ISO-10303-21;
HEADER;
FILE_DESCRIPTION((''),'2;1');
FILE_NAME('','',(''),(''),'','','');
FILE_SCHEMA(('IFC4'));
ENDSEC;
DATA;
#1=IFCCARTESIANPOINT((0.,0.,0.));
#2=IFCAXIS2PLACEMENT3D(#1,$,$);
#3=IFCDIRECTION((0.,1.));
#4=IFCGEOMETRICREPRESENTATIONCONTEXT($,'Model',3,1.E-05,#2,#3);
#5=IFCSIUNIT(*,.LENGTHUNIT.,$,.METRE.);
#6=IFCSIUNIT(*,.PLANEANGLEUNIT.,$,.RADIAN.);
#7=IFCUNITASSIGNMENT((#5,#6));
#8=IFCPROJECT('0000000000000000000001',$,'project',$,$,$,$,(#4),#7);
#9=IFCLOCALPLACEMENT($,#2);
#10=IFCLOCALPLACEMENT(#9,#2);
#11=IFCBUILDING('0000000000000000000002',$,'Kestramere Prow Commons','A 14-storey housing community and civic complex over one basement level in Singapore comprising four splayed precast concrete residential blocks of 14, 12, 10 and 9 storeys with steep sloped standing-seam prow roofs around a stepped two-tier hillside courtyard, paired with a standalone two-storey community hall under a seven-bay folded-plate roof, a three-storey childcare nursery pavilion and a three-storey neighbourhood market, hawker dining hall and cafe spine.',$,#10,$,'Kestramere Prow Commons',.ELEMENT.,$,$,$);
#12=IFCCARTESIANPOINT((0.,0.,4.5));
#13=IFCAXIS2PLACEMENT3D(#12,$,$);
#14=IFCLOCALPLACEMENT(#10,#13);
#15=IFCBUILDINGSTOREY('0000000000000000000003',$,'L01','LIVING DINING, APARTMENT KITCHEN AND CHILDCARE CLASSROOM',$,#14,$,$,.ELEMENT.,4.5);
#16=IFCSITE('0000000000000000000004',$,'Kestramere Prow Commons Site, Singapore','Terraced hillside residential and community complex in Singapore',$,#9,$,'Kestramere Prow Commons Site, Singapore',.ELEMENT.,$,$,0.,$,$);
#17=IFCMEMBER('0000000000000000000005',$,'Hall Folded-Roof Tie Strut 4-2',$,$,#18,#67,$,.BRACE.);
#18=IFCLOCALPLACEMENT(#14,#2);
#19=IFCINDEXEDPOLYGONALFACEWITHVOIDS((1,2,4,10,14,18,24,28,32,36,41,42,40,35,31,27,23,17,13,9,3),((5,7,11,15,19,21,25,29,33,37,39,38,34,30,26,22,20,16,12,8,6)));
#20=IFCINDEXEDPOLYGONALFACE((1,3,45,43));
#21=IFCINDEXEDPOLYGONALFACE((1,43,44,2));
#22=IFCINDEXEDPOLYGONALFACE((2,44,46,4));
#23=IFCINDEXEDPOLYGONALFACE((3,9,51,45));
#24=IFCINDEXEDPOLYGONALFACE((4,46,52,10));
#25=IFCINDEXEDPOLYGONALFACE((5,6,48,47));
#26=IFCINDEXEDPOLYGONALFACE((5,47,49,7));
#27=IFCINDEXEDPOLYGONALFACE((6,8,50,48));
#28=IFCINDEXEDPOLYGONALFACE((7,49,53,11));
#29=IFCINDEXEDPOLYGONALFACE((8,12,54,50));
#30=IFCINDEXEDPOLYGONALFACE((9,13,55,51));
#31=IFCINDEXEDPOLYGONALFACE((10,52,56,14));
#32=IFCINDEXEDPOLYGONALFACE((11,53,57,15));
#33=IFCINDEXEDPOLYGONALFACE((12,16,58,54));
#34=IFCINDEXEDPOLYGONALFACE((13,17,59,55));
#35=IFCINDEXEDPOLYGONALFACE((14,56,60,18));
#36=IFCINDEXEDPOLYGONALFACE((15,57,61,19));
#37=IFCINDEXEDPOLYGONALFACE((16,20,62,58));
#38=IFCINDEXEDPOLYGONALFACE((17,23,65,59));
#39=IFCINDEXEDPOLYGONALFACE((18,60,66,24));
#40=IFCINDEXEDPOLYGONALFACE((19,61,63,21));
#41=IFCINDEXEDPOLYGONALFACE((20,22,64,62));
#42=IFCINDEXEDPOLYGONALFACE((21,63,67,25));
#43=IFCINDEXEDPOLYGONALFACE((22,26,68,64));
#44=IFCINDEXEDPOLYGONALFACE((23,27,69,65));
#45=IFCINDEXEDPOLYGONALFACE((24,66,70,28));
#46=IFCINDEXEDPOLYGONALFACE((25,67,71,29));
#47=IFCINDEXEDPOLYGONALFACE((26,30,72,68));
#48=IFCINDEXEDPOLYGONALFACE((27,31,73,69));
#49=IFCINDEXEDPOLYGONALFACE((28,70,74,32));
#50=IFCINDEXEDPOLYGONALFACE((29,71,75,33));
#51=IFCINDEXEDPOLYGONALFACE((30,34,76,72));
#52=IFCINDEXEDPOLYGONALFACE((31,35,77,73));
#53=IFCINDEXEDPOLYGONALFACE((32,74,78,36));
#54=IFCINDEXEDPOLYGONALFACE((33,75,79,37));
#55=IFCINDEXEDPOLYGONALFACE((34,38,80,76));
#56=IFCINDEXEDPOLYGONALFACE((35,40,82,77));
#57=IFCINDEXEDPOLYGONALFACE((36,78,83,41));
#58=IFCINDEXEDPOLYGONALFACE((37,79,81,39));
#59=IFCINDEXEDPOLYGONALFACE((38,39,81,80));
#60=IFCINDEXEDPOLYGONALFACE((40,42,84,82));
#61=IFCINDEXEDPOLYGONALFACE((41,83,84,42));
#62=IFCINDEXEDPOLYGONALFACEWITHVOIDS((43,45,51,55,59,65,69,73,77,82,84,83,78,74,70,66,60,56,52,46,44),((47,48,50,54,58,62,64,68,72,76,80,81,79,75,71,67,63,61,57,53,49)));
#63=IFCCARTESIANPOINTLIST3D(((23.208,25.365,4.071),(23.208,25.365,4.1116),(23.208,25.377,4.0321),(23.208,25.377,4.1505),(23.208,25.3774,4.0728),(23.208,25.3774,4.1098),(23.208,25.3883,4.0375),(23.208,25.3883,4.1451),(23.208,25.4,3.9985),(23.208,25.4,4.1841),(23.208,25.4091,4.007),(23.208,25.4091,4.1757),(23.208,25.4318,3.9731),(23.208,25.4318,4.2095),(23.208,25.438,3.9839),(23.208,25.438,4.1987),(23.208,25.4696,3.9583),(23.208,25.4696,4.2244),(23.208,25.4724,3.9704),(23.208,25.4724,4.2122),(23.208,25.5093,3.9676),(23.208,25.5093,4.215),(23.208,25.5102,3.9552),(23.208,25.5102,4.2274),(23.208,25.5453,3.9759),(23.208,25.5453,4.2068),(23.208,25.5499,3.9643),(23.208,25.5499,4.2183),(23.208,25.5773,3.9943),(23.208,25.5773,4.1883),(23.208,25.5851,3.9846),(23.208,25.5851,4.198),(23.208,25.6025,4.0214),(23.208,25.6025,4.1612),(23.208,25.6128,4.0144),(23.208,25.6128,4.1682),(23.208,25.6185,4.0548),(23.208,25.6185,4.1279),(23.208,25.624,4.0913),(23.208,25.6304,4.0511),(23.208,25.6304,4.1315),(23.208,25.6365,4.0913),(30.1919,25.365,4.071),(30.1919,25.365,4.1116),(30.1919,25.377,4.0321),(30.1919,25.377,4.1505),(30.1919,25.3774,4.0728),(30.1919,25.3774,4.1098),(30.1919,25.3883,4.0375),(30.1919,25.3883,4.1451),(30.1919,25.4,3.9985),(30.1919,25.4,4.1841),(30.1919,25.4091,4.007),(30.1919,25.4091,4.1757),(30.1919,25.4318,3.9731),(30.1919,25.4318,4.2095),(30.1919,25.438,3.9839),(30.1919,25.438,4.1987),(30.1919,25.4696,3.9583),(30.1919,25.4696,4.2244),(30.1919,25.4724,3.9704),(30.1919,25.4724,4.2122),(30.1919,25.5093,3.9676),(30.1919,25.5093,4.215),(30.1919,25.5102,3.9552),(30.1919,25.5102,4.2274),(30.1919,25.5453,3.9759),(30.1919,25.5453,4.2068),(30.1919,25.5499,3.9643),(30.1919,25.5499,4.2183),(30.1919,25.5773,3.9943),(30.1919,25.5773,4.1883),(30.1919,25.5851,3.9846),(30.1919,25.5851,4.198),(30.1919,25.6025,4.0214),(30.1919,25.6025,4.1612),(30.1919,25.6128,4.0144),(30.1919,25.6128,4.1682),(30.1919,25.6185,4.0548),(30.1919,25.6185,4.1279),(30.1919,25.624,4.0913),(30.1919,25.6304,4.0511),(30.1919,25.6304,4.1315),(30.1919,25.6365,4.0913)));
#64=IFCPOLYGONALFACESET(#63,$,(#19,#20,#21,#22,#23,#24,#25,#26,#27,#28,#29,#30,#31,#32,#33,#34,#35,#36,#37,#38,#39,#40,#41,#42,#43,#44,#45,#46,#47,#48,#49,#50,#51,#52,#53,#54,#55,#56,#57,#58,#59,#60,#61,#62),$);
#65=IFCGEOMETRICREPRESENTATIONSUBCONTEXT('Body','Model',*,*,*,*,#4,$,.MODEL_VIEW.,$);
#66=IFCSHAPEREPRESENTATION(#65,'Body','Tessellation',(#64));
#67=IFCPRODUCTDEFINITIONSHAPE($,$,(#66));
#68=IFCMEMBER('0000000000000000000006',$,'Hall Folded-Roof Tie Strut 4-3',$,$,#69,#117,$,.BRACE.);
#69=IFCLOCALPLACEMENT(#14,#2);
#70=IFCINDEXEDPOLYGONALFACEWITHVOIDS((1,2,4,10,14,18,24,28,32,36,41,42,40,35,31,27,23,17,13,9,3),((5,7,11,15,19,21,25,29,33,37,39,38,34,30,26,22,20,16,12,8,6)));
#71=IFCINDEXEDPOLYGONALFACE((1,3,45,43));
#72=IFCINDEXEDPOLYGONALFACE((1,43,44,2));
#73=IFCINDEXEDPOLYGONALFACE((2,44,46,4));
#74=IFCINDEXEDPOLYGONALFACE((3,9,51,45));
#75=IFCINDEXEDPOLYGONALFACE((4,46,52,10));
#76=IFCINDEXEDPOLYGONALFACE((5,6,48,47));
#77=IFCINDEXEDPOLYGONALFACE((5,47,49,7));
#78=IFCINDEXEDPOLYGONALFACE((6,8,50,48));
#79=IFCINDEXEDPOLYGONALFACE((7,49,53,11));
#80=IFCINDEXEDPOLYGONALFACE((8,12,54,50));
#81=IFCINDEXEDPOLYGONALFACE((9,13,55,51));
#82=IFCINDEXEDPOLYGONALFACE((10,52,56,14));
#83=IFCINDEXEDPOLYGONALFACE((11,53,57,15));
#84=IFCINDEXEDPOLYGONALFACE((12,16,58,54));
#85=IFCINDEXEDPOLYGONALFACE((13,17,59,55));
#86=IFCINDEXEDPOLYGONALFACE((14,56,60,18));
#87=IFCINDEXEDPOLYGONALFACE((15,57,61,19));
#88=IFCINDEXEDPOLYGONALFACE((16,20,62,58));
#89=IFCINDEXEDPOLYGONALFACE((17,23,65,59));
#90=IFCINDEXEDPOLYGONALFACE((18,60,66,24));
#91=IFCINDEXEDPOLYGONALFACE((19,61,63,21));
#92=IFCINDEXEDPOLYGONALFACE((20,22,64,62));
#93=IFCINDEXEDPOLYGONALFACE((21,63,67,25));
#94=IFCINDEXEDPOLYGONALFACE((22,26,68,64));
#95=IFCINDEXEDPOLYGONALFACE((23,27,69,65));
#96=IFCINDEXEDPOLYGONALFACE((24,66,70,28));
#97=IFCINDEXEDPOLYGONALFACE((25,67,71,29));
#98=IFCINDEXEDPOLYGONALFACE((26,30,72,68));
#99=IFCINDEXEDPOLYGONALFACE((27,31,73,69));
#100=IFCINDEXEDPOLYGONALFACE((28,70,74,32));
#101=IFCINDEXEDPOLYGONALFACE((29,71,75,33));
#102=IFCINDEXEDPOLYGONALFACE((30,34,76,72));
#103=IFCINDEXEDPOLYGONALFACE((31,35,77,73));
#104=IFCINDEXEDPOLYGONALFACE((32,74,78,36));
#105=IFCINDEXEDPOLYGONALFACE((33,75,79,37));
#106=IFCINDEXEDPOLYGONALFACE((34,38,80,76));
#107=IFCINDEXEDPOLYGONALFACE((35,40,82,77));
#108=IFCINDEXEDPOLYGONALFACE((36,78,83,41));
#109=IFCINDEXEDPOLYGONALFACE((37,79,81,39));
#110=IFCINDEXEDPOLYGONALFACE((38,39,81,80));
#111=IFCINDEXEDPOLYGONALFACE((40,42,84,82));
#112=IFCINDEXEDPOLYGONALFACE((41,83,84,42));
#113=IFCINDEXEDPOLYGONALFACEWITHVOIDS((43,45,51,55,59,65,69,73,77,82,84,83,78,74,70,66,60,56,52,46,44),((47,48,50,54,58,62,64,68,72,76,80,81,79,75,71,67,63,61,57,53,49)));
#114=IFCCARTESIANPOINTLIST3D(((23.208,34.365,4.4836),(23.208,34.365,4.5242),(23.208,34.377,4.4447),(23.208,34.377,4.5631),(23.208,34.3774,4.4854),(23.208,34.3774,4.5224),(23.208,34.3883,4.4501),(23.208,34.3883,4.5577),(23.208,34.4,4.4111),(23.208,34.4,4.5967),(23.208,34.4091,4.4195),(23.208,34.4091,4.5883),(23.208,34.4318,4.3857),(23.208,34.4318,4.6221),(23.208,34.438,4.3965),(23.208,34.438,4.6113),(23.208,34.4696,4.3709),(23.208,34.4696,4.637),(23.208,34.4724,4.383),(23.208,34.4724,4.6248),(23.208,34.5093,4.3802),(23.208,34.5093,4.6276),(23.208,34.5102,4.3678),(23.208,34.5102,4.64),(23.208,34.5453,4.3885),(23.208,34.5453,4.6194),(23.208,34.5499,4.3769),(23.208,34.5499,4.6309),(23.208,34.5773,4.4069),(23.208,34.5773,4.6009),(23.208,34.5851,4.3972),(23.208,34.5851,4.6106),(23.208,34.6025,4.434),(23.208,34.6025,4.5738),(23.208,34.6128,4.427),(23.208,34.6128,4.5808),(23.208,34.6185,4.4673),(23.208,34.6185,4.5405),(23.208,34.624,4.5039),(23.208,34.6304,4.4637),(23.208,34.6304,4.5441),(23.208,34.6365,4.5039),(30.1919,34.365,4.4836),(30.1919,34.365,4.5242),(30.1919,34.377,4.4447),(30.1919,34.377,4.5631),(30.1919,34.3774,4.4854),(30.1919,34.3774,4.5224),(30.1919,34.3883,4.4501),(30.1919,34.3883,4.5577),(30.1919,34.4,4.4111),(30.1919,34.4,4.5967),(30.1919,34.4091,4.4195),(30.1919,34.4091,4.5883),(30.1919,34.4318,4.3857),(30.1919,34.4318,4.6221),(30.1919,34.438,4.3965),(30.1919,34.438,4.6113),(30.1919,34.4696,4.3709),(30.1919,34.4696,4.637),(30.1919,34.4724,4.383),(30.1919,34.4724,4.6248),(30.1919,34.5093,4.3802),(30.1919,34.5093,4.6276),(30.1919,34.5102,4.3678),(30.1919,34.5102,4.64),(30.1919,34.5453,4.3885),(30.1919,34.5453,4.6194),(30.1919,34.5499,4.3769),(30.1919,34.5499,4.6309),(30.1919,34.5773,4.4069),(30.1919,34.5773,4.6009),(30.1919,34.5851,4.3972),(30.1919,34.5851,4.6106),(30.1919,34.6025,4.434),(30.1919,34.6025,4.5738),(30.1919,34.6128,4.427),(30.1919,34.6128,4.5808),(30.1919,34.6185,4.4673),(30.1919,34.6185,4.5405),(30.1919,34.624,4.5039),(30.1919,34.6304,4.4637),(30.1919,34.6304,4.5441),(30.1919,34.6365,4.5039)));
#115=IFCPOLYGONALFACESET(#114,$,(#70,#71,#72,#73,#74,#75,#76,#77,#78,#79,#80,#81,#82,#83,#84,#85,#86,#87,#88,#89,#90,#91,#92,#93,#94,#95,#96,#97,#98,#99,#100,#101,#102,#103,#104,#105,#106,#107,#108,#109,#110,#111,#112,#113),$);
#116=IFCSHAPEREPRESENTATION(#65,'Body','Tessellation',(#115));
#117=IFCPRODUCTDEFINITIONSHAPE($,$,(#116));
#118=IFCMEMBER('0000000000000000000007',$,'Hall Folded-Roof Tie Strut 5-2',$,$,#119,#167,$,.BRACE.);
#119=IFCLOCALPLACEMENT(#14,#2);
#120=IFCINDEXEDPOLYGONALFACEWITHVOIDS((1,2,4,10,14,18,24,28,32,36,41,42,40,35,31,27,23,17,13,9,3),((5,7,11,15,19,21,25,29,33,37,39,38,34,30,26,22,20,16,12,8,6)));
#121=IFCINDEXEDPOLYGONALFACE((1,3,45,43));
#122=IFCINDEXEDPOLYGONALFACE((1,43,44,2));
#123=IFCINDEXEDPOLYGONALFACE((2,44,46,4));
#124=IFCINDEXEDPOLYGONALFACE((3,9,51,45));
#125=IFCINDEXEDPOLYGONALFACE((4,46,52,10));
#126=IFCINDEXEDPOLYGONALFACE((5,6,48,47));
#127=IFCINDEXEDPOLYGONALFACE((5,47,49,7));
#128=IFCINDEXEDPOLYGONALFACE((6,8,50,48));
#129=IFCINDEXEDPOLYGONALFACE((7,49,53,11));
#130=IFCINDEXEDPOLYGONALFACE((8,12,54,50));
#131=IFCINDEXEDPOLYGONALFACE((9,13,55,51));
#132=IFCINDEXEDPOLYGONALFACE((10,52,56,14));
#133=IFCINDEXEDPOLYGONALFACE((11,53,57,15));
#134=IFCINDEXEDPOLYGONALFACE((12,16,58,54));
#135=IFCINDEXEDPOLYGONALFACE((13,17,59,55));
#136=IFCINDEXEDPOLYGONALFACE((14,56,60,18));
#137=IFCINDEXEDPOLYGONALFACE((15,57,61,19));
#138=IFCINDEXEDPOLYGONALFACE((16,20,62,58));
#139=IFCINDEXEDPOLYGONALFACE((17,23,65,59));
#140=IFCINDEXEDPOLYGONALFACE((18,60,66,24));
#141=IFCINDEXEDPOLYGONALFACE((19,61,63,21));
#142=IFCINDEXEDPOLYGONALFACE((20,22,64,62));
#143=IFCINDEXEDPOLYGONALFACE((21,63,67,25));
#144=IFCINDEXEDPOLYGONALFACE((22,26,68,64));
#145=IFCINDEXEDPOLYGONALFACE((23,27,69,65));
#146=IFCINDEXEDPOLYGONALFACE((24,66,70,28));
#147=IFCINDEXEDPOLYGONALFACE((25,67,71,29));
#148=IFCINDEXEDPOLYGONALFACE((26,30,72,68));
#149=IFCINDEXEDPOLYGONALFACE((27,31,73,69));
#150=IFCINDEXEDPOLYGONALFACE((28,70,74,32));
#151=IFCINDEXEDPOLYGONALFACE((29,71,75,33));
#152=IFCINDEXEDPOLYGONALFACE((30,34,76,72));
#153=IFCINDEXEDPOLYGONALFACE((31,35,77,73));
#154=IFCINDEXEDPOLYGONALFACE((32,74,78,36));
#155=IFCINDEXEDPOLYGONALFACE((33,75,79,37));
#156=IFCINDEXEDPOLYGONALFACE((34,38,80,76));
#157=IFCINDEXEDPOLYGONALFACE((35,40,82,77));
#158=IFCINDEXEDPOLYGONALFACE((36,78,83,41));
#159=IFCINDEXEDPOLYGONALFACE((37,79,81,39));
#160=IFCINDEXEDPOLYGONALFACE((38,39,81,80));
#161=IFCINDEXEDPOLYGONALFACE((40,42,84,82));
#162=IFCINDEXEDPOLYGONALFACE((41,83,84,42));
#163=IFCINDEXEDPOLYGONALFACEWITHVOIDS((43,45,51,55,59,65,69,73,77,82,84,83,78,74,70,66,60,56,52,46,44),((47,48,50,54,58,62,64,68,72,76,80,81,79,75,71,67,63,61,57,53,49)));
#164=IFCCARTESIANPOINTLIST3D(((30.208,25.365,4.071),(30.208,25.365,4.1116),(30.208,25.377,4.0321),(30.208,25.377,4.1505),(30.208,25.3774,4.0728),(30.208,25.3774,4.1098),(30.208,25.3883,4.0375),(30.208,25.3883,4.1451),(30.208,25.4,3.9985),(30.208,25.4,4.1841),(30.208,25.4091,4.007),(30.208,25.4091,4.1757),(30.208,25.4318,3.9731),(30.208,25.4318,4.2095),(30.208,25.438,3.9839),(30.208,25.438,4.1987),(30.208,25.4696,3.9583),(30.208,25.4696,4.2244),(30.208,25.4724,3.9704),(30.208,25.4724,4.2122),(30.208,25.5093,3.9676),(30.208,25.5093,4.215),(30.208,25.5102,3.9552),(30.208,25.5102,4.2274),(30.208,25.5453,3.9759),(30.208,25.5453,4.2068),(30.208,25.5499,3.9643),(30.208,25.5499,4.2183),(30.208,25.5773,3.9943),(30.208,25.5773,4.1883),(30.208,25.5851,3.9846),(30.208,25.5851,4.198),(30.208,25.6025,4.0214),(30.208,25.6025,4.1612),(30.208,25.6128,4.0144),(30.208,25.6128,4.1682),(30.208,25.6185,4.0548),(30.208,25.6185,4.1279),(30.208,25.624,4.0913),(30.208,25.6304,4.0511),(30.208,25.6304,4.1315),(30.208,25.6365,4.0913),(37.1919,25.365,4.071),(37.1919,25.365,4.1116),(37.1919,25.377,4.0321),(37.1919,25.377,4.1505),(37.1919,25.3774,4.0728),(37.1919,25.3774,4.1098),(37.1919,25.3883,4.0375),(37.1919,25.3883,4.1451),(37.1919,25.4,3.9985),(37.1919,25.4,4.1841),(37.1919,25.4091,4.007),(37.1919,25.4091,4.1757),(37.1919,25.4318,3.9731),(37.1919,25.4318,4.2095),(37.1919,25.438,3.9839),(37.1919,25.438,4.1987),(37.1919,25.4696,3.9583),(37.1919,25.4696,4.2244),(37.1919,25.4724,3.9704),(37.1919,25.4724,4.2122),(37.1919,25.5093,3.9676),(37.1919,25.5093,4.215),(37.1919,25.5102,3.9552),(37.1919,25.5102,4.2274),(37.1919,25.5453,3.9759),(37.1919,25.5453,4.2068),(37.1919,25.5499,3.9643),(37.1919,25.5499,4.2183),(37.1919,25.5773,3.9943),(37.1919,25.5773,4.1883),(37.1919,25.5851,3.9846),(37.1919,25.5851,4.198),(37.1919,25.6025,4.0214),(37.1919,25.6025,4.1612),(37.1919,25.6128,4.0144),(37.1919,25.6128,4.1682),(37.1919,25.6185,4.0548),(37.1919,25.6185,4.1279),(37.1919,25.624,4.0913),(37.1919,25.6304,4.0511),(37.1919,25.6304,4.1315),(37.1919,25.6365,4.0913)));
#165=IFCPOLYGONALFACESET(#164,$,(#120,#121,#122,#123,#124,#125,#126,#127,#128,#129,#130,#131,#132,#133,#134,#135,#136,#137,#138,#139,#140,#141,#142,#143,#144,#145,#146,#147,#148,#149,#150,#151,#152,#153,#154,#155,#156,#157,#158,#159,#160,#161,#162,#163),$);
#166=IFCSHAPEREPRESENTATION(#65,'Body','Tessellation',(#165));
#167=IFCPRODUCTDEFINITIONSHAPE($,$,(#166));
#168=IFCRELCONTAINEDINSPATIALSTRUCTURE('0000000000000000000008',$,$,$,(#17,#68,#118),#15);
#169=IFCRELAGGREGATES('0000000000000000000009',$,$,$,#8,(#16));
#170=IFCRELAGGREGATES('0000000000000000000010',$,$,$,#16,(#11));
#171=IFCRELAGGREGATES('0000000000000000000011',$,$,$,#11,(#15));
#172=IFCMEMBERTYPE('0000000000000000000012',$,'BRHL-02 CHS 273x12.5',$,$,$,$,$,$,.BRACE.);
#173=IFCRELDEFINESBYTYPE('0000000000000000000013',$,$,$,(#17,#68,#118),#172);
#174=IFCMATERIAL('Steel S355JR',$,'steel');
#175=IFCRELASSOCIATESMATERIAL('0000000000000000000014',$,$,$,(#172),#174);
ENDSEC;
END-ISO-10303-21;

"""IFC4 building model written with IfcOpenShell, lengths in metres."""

from ifc_helpers import new_model, si_unit, direction, frame, origin, origin_2d, place, context, subcontext, project, spatial, hollow_circle, extrude, material, material_profile, profile_set, type_object, element, save


model = new_model("IFC4")

# Units and contexts
model_context = context("Model", 3, precision=1e-05, world=origin(), true_north=direction((0.0, 1.0)))
body_context = subcontext(model_context, "Body", "Model", "MODEL_VIEW")
ifc_project = project(units=[si_unit("LENGTHUNIT", "METRE"), si_unit("PLANEANGLEUNIT", "RADIAN")], contexts=[model_context])

# Site, building, storey
site_placement = place(None, origin())
site = spatial("IfcSite", under=ifc_project, at=site_placement, Name="Kestramere Prow Commons Site, Singapore", Description="Terraced hillside residential and community complex in Singapore", LongName="Kestramere Prow Commons Site, Singapore", CompositionType="ELEMENT", RefElevation=0.0)
building_placement = place(site_placement, origin())
building = spatial("IfcBuilding", under=site, at=building_placement, Name="Kestramere Prow Commons", Description="A 14-storey housing community and civic complex over one basement level in Singapore comprising four splayed precast concrete residential blocks of 14, 12, 10 and 9 storeys with steep sloped standing-seam prow roofs around a stepped two-tier hillside courtyard, paired with a standalone two-storey community hall under a seven-bay folded-plate roof, a three-storey childcare nursery pavilion and a three-storey neighbourhood market, hawker dining hall and cafe spine.", LongName="Kestramere Prow Commons", CompositionType="ELEMENT")
storey_placement = place(building_placement, frame((0.0, 0.0, 4.5)))
storey = spatial("IfcBuildingStorey", under=building, at=storey_placement, Name="L01", Description="LIVING DINING, APARTMENT KITCHEN AND CHILDCARE CLASSROOM", CompositionType="ELEMENT", Elevation=4.5)

# Members
ifc_material_1 = material(Name="Steel S355JR", Category="steel")
ifc_material_profile_1 = material_profile(ifc_material_1, hollow_circle(Radius=0.1365, WallThickness=0.0125, at=origin_2d()), Name="CHS 273x12.5")
ifc_profile_set_1 = profile_set([ifc_material_profile_1], Name="Steel S355JR")
member_type_1 = type_object("IfcMemberType", Name="BRHL-02 CHS 273x12.5", PredefinedType="BRACE", material=ifc_profile_set_1)
for number, where, z_axis, x_axis, name in (
    (1, (23.208, 25.5, 4.0913), (1.0, 0.0, 0.0), (0.0, 1.0, 0.0), "Hall Folded-Roof Tie Strut 4-2"),
    (2, (23.208, 34.5, 4.5039), (1.0, 0.0, 0.0), (0.0, 1.0, 0.0), "Hall Folded-Roof Tie Strut 4-3"),
    (3, (30.208, 25.5, 4.0913), (1.0, 0.0, 0.0), (0.0, 1.0, 0.0), "Hall Folded-Roof Tie Strut 5-2"),
):
    element("IfcMember", number, at=place(storey_placement, frame(where, z_axis=z_axis, x_axis=x_axis)), inside=storey, type_object=member_type_1, Name=name, PredefinedType="BRACE", context=body_context, shape_type="SweptSolid", body=[
        extrude(hollow_circle(Radius=0.1365, WallThickness=0.0125, at=origin_2d()), origin(), (0.0, 0.0, 1.0), 6.9839),
    ])

save(model, "model.ifc")
